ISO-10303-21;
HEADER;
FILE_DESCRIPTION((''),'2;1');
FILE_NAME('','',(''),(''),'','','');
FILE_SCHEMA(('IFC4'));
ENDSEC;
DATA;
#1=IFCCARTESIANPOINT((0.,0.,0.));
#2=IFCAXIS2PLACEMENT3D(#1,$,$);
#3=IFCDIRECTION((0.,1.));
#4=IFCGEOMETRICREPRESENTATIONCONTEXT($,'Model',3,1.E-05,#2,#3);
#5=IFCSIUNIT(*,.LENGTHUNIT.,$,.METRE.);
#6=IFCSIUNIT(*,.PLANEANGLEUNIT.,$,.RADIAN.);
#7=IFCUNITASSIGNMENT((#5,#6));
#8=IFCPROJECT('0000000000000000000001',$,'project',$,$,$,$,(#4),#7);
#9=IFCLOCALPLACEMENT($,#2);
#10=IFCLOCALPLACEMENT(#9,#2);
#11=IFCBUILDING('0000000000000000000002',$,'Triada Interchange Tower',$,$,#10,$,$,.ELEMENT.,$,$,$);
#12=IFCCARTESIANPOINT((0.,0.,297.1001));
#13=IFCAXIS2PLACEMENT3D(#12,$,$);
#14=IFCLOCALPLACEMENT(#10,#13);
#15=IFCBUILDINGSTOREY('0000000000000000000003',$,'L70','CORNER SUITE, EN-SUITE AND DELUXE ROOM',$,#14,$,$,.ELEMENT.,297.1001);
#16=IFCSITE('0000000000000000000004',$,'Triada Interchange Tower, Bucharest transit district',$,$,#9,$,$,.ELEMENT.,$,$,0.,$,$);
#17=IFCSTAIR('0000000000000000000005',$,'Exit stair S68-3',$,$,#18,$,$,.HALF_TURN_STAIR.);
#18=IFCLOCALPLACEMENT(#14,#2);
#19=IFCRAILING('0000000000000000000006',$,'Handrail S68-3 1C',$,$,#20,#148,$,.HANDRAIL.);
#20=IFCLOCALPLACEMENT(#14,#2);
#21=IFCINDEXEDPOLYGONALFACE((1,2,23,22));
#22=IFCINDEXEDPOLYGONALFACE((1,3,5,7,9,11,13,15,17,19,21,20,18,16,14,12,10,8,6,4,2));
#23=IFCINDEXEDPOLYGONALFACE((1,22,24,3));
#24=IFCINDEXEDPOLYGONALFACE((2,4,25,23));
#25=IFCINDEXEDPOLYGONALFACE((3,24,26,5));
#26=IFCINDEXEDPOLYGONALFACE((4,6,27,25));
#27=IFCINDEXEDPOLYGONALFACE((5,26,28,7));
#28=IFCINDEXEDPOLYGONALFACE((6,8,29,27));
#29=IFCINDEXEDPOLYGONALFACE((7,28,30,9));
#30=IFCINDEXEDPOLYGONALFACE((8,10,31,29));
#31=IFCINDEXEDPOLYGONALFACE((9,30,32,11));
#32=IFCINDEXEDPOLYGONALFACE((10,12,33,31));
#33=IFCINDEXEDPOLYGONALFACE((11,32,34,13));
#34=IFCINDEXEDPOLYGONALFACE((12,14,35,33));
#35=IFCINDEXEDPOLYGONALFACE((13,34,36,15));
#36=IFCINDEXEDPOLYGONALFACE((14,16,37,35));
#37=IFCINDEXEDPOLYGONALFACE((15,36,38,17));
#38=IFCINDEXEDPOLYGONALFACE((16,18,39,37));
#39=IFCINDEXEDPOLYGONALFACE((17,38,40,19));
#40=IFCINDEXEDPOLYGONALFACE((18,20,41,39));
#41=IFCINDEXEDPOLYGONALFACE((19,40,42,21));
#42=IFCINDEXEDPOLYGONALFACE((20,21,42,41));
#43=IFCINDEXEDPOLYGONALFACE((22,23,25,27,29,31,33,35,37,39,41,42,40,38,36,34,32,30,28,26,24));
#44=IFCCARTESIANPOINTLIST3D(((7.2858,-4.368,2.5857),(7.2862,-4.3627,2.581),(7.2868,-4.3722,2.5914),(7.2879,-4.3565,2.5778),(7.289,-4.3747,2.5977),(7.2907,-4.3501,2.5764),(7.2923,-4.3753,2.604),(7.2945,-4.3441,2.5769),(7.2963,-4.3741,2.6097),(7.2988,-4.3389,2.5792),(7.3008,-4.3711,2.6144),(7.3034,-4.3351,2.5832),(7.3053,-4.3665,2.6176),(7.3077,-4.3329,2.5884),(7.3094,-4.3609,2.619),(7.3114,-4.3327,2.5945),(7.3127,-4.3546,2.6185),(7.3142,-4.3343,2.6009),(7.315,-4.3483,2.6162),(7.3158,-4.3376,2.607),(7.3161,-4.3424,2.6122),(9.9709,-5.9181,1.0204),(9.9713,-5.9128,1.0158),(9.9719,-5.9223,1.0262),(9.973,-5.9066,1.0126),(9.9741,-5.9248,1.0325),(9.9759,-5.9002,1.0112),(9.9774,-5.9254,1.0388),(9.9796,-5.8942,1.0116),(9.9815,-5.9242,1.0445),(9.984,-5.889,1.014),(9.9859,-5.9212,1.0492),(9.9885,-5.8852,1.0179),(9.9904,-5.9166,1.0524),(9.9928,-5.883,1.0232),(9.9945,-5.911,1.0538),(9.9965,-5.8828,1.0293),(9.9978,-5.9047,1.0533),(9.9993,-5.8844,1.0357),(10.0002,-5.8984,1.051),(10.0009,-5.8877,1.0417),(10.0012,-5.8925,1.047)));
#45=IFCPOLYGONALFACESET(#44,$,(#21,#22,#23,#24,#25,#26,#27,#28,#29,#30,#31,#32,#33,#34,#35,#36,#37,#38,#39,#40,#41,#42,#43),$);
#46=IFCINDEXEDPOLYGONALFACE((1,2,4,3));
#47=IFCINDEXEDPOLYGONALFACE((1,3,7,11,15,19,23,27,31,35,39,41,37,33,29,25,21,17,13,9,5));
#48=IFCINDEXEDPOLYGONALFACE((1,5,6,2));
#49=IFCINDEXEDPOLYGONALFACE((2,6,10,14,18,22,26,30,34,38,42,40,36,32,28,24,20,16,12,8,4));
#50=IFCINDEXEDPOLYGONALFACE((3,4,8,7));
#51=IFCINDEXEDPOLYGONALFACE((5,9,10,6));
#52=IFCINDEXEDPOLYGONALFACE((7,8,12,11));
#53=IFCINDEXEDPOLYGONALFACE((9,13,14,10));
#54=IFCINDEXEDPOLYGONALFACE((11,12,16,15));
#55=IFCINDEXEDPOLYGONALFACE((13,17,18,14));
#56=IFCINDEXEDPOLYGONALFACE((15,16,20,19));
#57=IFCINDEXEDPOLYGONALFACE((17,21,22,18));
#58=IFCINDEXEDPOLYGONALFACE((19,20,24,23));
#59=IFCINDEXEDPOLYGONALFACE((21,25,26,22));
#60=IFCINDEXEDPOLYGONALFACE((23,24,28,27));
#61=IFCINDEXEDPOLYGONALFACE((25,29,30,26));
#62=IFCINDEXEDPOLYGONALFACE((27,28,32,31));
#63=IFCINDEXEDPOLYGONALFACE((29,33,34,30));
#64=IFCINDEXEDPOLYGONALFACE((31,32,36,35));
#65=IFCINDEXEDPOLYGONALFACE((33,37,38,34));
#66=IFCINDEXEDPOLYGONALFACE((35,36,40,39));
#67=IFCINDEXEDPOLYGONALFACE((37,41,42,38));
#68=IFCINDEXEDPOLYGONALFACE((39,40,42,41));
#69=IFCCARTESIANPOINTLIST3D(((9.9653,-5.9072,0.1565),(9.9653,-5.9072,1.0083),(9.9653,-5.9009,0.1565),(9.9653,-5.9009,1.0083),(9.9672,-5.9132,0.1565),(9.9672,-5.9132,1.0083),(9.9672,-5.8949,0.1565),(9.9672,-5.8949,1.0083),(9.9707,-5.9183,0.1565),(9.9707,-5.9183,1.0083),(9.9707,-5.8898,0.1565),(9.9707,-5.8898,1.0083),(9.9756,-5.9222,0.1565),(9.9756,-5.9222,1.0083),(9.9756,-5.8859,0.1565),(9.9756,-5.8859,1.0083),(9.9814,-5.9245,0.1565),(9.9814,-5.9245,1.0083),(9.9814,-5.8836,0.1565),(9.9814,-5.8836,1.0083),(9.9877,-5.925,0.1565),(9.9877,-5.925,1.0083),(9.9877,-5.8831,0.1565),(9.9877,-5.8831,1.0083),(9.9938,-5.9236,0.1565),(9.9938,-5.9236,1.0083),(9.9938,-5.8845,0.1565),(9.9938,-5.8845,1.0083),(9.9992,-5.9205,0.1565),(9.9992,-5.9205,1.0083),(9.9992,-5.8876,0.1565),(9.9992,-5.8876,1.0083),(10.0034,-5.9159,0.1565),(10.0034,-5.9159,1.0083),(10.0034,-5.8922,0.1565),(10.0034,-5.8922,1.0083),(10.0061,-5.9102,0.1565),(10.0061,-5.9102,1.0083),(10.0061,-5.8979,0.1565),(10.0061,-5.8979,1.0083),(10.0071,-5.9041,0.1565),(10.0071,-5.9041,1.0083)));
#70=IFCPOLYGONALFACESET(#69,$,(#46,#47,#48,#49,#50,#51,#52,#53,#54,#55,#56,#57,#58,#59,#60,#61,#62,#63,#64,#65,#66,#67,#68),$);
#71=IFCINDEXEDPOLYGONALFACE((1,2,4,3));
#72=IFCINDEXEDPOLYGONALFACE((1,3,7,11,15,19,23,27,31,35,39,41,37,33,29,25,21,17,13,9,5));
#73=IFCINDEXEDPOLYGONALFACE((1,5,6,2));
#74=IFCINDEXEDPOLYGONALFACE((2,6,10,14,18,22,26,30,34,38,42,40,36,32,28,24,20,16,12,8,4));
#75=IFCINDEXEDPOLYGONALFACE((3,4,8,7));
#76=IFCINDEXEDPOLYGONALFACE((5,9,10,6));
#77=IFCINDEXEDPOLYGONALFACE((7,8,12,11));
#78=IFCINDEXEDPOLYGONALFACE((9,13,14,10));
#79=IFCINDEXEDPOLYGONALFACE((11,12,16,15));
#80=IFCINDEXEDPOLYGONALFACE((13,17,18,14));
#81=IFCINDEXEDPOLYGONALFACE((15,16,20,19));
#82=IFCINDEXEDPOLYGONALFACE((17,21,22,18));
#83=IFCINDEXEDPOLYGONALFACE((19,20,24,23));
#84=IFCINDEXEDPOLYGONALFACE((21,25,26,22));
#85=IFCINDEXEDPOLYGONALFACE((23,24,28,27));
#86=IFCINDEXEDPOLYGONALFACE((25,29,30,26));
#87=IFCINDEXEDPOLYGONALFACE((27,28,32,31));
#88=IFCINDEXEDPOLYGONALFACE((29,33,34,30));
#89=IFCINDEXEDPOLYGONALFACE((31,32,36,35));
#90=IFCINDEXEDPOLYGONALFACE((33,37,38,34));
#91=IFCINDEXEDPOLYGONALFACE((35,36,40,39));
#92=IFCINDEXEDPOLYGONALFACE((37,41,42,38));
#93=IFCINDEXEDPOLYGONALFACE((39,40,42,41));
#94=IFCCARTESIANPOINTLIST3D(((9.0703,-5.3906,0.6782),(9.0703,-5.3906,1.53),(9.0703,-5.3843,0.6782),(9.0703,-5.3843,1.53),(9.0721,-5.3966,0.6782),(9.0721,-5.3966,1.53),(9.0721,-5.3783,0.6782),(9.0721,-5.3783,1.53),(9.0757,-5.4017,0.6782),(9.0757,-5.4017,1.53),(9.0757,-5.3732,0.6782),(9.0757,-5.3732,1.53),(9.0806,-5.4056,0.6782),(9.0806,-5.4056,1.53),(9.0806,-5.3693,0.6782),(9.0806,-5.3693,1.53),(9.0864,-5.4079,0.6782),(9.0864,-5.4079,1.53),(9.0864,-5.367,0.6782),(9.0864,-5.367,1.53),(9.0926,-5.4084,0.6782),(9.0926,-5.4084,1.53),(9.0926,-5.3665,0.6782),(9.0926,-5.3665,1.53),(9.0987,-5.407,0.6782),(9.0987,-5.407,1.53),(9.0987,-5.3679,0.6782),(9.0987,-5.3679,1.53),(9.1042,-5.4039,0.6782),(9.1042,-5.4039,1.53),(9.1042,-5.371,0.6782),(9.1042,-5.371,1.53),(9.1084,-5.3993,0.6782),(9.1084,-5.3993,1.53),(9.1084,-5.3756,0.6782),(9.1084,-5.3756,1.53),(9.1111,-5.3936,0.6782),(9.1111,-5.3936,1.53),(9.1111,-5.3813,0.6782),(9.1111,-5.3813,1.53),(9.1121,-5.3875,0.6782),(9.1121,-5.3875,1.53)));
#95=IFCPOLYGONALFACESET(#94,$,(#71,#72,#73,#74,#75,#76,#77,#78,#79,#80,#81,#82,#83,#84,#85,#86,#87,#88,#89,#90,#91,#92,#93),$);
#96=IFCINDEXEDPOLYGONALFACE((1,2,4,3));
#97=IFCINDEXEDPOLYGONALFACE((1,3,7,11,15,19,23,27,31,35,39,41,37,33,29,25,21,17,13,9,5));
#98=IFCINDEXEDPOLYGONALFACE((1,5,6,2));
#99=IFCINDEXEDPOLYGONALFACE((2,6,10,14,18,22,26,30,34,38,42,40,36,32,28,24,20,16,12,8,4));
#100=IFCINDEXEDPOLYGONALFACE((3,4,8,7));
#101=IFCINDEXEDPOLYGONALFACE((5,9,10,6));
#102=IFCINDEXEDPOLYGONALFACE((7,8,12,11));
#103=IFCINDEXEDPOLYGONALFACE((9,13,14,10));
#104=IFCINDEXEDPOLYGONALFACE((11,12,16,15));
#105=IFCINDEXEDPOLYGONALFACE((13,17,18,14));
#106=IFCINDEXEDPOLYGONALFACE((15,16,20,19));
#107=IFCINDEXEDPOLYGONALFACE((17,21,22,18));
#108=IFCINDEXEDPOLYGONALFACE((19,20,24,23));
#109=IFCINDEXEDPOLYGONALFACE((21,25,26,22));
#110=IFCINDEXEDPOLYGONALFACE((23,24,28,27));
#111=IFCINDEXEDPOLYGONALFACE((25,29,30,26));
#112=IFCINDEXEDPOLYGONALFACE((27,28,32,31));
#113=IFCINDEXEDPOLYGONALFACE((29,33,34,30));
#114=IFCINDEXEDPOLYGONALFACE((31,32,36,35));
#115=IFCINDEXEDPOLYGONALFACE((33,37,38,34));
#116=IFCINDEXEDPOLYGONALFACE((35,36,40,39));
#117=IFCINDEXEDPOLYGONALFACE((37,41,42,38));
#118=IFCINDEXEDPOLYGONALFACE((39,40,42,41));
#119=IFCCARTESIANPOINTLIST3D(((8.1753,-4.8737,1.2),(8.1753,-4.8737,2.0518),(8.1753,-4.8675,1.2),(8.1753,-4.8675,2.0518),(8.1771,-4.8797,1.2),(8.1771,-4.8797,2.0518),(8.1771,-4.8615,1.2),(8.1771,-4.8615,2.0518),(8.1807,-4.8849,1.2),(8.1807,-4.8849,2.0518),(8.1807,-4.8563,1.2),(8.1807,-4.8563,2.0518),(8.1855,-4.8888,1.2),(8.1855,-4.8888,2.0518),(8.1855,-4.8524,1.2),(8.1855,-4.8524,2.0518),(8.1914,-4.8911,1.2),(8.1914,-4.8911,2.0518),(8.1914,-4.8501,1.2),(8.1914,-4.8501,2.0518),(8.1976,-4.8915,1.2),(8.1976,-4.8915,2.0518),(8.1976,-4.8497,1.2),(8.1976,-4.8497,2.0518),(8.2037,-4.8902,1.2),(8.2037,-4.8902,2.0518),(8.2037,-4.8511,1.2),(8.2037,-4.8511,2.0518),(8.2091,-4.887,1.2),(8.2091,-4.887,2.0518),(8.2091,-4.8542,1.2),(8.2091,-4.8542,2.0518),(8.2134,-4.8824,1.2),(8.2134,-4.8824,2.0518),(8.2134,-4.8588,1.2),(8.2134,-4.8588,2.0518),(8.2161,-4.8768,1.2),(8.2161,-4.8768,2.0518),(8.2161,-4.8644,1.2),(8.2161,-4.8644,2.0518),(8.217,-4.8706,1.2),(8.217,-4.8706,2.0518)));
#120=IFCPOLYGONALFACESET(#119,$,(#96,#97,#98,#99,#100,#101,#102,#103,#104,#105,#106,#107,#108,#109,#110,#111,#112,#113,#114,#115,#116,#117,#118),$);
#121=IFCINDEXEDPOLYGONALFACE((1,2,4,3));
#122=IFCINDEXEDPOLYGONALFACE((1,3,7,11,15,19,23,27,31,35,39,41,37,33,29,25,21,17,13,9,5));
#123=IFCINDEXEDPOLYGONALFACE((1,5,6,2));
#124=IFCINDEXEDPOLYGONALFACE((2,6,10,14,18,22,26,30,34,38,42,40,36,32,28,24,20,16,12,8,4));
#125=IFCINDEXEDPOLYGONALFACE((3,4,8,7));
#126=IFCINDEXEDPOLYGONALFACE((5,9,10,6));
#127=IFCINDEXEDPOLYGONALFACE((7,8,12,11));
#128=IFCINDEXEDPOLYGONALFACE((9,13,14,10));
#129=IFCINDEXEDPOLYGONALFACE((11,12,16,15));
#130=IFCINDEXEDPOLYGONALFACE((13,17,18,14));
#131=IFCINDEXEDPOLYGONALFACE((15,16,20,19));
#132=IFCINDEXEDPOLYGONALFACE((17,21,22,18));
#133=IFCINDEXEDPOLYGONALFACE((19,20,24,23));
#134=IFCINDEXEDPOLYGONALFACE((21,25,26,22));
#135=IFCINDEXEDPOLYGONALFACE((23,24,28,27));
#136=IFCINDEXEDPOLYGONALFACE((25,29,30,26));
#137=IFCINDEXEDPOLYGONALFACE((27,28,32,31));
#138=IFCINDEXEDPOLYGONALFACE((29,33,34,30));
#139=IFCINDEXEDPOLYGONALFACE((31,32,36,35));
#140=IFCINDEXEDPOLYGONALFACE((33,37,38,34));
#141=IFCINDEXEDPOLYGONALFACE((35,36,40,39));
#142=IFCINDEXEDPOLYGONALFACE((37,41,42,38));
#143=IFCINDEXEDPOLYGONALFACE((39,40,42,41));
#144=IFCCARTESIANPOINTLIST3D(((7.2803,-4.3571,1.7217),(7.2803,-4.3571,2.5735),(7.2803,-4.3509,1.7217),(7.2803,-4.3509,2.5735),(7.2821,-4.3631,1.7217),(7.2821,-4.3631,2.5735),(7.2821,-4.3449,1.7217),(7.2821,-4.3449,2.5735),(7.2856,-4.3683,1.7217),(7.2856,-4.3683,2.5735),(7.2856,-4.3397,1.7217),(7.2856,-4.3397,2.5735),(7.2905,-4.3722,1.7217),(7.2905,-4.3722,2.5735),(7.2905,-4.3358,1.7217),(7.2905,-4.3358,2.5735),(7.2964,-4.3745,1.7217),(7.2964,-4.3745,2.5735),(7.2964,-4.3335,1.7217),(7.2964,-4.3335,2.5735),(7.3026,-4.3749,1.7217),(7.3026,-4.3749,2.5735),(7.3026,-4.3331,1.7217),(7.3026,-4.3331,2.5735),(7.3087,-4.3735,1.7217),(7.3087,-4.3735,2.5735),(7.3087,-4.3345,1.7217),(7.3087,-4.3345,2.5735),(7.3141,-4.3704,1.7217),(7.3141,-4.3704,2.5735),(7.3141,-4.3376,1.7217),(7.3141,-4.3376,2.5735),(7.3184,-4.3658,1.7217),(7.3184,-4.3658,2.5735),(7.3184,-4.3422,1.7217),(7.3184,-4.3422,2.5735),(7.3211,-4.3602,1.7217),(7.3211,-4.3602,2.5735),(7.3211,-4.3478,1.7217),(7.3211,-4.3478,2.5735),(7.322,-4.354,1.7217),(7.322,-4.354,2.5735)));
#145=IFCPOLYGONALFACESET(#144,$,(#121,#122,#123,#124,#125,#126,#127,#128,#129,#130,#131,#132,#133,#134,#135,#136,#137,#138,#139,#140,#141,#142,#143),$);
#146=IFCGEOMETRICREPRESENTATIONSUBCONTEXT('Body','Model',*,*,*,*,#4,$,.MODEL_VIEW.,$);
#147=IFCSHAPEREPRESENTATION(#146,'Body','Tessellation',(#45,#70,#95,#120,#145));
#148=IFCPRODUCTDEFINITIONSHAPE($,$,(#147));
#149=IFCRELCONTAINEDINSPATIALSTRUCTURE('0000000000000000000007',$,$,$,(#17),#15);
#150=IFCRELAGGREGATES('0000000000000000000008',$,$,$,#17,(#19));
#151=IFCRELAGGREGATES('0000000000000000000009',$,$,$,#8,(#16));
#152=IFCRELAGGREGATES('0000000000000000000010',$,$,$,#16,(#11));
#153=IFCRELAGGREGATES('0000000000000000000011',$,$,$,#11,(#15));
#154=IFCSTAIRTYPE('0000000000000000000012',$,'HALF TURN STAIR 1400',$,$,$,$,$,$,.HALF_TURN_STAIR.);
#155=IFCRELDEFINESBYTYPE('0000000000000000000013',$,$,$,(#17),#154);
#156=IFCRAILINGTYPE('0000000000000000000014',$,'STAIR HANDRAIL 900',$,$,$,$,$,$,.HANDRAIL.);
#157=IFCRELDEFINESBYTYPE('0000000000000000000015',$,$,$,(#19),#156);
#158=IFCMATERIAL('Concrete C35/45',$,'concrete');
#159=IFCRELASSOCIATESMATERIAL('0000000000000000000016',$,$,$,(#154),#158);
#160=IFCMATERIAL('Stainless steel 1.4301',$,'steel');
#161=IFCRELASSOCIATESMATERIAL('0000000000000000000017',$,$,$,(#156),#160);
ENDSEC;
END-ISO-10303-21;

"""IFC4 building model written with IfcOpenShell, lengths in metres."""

from ifc_helpers import new_model, si_unit, direction, frame, origin, origin_2d, place, context, subcontext, project, spatial, circle, extrude, material, type_object, element, aggregate, save


model = new_model("IFC4")

# Units and contexts
model_context = context("Model", 3, precision=1e-05, world=origin(), true_north=direction((0.0, 1.0)))
body_context = subcontext(model_context, "Body", "Model", "MODEL_VIEW")
ifc_project = project(units=[si_unit("LENGTHUNIT", "METRE"), si_unit("PLANEANGLEUNIT", "RADIAN")], contexts=[model_context])

# Site, building, storey
site_placement = place(None, origin())
site = spatial("IfcSite", under=ifc_project, at=site_placement, Name="Triada Interchange Tower, Bucharest transit district", CompositionType="ELEMENT", RefElevation=0.0)
building_placement = place(site_placement, origin())
building = spatial("IfcBuilding", under=site, at=building_placement, Name="Triada Interchange Tower", CompositionType="ELEMENT")
storey_placement = place(building_placement, frame((0.0, 0.0, 297.1001)))
storey = spatial("IfcBuildingStorey", under=building, at=storey_placement, Name="L70", Description="CORNER SUITE, EN-SUITE AND DELUXE ROOM", CompositionType="ELEMENT", Elevation=297.1001)

# Stair, railing
ifc_material_1 = material(Name="Concrete C35/45", Category="concrete")
stair_type = type_object("IfcStairType", Name="HALF TURN STAIR 1400", PredefinedType="HALF_TURN_STAIR", material=ifc_material_1)
stair_placement = place(storey_placement, origin())
stair = element("IfcStair", 1, at=stair_placement, inside=storey, type_object=stair_type, Name="Exit stair S68-3", PredefinedType="HALF_TURN_STAIR")
ifc_material_2 = material(Name="Stainless steel 1.4301", Category="steel")
railing_type = type_object("IfcRailingType", Name="STAIR HANDRAIL 900", PredefinedType="HANDRAIL", material=ifc_material_2)
railing_1_placement = place(storey_placement, frame((9.9861, -5.9041, 0.1565)))
railing_1 = element("IfcRailing", 2, at=railing_1_placement, type_object=railing_type, Name="Handrail S68-3 1C", PredefinedType="HANDRAIL", context=body_context, shape_type="SweptSolid", body=[
    extrude(circle(Radius=0.0239, at=origin_2d()), frame((0.0, 0.0, 0.876), z_axis=(-0.773115, 0.446309, 0.450667), x_axis=(-0.499959, -0.866049, 0.0)), (0.0, 0.0, 1.0), 3.4731),
    extrude(circle(Radius=0.021, at=origin_2d()), origin(), (0.0, 0.0, 1.0), 0.8518),
    extrude(circle(Radius=0.021, at=origin_2d()), frame((-0.895, 0.5166, 0.5217)), (0.0, 0.0, 1.0), 0.8518),
    extrude(circle(Radius=0.021, at=origin_2d()), frame((-1.79, 1.0334, 1.0435)), (0.0, 0.0, 1.0), 0.8518),
    extrude(circle(Radius=0.021, at=origin_2d()), frame((-2.6851, 1.55, 1.5652)), (0.0, 0.0, 1.0), 0.8518),
])
aggregate(stair, [railing_1])

save(model, "model.ifc")
